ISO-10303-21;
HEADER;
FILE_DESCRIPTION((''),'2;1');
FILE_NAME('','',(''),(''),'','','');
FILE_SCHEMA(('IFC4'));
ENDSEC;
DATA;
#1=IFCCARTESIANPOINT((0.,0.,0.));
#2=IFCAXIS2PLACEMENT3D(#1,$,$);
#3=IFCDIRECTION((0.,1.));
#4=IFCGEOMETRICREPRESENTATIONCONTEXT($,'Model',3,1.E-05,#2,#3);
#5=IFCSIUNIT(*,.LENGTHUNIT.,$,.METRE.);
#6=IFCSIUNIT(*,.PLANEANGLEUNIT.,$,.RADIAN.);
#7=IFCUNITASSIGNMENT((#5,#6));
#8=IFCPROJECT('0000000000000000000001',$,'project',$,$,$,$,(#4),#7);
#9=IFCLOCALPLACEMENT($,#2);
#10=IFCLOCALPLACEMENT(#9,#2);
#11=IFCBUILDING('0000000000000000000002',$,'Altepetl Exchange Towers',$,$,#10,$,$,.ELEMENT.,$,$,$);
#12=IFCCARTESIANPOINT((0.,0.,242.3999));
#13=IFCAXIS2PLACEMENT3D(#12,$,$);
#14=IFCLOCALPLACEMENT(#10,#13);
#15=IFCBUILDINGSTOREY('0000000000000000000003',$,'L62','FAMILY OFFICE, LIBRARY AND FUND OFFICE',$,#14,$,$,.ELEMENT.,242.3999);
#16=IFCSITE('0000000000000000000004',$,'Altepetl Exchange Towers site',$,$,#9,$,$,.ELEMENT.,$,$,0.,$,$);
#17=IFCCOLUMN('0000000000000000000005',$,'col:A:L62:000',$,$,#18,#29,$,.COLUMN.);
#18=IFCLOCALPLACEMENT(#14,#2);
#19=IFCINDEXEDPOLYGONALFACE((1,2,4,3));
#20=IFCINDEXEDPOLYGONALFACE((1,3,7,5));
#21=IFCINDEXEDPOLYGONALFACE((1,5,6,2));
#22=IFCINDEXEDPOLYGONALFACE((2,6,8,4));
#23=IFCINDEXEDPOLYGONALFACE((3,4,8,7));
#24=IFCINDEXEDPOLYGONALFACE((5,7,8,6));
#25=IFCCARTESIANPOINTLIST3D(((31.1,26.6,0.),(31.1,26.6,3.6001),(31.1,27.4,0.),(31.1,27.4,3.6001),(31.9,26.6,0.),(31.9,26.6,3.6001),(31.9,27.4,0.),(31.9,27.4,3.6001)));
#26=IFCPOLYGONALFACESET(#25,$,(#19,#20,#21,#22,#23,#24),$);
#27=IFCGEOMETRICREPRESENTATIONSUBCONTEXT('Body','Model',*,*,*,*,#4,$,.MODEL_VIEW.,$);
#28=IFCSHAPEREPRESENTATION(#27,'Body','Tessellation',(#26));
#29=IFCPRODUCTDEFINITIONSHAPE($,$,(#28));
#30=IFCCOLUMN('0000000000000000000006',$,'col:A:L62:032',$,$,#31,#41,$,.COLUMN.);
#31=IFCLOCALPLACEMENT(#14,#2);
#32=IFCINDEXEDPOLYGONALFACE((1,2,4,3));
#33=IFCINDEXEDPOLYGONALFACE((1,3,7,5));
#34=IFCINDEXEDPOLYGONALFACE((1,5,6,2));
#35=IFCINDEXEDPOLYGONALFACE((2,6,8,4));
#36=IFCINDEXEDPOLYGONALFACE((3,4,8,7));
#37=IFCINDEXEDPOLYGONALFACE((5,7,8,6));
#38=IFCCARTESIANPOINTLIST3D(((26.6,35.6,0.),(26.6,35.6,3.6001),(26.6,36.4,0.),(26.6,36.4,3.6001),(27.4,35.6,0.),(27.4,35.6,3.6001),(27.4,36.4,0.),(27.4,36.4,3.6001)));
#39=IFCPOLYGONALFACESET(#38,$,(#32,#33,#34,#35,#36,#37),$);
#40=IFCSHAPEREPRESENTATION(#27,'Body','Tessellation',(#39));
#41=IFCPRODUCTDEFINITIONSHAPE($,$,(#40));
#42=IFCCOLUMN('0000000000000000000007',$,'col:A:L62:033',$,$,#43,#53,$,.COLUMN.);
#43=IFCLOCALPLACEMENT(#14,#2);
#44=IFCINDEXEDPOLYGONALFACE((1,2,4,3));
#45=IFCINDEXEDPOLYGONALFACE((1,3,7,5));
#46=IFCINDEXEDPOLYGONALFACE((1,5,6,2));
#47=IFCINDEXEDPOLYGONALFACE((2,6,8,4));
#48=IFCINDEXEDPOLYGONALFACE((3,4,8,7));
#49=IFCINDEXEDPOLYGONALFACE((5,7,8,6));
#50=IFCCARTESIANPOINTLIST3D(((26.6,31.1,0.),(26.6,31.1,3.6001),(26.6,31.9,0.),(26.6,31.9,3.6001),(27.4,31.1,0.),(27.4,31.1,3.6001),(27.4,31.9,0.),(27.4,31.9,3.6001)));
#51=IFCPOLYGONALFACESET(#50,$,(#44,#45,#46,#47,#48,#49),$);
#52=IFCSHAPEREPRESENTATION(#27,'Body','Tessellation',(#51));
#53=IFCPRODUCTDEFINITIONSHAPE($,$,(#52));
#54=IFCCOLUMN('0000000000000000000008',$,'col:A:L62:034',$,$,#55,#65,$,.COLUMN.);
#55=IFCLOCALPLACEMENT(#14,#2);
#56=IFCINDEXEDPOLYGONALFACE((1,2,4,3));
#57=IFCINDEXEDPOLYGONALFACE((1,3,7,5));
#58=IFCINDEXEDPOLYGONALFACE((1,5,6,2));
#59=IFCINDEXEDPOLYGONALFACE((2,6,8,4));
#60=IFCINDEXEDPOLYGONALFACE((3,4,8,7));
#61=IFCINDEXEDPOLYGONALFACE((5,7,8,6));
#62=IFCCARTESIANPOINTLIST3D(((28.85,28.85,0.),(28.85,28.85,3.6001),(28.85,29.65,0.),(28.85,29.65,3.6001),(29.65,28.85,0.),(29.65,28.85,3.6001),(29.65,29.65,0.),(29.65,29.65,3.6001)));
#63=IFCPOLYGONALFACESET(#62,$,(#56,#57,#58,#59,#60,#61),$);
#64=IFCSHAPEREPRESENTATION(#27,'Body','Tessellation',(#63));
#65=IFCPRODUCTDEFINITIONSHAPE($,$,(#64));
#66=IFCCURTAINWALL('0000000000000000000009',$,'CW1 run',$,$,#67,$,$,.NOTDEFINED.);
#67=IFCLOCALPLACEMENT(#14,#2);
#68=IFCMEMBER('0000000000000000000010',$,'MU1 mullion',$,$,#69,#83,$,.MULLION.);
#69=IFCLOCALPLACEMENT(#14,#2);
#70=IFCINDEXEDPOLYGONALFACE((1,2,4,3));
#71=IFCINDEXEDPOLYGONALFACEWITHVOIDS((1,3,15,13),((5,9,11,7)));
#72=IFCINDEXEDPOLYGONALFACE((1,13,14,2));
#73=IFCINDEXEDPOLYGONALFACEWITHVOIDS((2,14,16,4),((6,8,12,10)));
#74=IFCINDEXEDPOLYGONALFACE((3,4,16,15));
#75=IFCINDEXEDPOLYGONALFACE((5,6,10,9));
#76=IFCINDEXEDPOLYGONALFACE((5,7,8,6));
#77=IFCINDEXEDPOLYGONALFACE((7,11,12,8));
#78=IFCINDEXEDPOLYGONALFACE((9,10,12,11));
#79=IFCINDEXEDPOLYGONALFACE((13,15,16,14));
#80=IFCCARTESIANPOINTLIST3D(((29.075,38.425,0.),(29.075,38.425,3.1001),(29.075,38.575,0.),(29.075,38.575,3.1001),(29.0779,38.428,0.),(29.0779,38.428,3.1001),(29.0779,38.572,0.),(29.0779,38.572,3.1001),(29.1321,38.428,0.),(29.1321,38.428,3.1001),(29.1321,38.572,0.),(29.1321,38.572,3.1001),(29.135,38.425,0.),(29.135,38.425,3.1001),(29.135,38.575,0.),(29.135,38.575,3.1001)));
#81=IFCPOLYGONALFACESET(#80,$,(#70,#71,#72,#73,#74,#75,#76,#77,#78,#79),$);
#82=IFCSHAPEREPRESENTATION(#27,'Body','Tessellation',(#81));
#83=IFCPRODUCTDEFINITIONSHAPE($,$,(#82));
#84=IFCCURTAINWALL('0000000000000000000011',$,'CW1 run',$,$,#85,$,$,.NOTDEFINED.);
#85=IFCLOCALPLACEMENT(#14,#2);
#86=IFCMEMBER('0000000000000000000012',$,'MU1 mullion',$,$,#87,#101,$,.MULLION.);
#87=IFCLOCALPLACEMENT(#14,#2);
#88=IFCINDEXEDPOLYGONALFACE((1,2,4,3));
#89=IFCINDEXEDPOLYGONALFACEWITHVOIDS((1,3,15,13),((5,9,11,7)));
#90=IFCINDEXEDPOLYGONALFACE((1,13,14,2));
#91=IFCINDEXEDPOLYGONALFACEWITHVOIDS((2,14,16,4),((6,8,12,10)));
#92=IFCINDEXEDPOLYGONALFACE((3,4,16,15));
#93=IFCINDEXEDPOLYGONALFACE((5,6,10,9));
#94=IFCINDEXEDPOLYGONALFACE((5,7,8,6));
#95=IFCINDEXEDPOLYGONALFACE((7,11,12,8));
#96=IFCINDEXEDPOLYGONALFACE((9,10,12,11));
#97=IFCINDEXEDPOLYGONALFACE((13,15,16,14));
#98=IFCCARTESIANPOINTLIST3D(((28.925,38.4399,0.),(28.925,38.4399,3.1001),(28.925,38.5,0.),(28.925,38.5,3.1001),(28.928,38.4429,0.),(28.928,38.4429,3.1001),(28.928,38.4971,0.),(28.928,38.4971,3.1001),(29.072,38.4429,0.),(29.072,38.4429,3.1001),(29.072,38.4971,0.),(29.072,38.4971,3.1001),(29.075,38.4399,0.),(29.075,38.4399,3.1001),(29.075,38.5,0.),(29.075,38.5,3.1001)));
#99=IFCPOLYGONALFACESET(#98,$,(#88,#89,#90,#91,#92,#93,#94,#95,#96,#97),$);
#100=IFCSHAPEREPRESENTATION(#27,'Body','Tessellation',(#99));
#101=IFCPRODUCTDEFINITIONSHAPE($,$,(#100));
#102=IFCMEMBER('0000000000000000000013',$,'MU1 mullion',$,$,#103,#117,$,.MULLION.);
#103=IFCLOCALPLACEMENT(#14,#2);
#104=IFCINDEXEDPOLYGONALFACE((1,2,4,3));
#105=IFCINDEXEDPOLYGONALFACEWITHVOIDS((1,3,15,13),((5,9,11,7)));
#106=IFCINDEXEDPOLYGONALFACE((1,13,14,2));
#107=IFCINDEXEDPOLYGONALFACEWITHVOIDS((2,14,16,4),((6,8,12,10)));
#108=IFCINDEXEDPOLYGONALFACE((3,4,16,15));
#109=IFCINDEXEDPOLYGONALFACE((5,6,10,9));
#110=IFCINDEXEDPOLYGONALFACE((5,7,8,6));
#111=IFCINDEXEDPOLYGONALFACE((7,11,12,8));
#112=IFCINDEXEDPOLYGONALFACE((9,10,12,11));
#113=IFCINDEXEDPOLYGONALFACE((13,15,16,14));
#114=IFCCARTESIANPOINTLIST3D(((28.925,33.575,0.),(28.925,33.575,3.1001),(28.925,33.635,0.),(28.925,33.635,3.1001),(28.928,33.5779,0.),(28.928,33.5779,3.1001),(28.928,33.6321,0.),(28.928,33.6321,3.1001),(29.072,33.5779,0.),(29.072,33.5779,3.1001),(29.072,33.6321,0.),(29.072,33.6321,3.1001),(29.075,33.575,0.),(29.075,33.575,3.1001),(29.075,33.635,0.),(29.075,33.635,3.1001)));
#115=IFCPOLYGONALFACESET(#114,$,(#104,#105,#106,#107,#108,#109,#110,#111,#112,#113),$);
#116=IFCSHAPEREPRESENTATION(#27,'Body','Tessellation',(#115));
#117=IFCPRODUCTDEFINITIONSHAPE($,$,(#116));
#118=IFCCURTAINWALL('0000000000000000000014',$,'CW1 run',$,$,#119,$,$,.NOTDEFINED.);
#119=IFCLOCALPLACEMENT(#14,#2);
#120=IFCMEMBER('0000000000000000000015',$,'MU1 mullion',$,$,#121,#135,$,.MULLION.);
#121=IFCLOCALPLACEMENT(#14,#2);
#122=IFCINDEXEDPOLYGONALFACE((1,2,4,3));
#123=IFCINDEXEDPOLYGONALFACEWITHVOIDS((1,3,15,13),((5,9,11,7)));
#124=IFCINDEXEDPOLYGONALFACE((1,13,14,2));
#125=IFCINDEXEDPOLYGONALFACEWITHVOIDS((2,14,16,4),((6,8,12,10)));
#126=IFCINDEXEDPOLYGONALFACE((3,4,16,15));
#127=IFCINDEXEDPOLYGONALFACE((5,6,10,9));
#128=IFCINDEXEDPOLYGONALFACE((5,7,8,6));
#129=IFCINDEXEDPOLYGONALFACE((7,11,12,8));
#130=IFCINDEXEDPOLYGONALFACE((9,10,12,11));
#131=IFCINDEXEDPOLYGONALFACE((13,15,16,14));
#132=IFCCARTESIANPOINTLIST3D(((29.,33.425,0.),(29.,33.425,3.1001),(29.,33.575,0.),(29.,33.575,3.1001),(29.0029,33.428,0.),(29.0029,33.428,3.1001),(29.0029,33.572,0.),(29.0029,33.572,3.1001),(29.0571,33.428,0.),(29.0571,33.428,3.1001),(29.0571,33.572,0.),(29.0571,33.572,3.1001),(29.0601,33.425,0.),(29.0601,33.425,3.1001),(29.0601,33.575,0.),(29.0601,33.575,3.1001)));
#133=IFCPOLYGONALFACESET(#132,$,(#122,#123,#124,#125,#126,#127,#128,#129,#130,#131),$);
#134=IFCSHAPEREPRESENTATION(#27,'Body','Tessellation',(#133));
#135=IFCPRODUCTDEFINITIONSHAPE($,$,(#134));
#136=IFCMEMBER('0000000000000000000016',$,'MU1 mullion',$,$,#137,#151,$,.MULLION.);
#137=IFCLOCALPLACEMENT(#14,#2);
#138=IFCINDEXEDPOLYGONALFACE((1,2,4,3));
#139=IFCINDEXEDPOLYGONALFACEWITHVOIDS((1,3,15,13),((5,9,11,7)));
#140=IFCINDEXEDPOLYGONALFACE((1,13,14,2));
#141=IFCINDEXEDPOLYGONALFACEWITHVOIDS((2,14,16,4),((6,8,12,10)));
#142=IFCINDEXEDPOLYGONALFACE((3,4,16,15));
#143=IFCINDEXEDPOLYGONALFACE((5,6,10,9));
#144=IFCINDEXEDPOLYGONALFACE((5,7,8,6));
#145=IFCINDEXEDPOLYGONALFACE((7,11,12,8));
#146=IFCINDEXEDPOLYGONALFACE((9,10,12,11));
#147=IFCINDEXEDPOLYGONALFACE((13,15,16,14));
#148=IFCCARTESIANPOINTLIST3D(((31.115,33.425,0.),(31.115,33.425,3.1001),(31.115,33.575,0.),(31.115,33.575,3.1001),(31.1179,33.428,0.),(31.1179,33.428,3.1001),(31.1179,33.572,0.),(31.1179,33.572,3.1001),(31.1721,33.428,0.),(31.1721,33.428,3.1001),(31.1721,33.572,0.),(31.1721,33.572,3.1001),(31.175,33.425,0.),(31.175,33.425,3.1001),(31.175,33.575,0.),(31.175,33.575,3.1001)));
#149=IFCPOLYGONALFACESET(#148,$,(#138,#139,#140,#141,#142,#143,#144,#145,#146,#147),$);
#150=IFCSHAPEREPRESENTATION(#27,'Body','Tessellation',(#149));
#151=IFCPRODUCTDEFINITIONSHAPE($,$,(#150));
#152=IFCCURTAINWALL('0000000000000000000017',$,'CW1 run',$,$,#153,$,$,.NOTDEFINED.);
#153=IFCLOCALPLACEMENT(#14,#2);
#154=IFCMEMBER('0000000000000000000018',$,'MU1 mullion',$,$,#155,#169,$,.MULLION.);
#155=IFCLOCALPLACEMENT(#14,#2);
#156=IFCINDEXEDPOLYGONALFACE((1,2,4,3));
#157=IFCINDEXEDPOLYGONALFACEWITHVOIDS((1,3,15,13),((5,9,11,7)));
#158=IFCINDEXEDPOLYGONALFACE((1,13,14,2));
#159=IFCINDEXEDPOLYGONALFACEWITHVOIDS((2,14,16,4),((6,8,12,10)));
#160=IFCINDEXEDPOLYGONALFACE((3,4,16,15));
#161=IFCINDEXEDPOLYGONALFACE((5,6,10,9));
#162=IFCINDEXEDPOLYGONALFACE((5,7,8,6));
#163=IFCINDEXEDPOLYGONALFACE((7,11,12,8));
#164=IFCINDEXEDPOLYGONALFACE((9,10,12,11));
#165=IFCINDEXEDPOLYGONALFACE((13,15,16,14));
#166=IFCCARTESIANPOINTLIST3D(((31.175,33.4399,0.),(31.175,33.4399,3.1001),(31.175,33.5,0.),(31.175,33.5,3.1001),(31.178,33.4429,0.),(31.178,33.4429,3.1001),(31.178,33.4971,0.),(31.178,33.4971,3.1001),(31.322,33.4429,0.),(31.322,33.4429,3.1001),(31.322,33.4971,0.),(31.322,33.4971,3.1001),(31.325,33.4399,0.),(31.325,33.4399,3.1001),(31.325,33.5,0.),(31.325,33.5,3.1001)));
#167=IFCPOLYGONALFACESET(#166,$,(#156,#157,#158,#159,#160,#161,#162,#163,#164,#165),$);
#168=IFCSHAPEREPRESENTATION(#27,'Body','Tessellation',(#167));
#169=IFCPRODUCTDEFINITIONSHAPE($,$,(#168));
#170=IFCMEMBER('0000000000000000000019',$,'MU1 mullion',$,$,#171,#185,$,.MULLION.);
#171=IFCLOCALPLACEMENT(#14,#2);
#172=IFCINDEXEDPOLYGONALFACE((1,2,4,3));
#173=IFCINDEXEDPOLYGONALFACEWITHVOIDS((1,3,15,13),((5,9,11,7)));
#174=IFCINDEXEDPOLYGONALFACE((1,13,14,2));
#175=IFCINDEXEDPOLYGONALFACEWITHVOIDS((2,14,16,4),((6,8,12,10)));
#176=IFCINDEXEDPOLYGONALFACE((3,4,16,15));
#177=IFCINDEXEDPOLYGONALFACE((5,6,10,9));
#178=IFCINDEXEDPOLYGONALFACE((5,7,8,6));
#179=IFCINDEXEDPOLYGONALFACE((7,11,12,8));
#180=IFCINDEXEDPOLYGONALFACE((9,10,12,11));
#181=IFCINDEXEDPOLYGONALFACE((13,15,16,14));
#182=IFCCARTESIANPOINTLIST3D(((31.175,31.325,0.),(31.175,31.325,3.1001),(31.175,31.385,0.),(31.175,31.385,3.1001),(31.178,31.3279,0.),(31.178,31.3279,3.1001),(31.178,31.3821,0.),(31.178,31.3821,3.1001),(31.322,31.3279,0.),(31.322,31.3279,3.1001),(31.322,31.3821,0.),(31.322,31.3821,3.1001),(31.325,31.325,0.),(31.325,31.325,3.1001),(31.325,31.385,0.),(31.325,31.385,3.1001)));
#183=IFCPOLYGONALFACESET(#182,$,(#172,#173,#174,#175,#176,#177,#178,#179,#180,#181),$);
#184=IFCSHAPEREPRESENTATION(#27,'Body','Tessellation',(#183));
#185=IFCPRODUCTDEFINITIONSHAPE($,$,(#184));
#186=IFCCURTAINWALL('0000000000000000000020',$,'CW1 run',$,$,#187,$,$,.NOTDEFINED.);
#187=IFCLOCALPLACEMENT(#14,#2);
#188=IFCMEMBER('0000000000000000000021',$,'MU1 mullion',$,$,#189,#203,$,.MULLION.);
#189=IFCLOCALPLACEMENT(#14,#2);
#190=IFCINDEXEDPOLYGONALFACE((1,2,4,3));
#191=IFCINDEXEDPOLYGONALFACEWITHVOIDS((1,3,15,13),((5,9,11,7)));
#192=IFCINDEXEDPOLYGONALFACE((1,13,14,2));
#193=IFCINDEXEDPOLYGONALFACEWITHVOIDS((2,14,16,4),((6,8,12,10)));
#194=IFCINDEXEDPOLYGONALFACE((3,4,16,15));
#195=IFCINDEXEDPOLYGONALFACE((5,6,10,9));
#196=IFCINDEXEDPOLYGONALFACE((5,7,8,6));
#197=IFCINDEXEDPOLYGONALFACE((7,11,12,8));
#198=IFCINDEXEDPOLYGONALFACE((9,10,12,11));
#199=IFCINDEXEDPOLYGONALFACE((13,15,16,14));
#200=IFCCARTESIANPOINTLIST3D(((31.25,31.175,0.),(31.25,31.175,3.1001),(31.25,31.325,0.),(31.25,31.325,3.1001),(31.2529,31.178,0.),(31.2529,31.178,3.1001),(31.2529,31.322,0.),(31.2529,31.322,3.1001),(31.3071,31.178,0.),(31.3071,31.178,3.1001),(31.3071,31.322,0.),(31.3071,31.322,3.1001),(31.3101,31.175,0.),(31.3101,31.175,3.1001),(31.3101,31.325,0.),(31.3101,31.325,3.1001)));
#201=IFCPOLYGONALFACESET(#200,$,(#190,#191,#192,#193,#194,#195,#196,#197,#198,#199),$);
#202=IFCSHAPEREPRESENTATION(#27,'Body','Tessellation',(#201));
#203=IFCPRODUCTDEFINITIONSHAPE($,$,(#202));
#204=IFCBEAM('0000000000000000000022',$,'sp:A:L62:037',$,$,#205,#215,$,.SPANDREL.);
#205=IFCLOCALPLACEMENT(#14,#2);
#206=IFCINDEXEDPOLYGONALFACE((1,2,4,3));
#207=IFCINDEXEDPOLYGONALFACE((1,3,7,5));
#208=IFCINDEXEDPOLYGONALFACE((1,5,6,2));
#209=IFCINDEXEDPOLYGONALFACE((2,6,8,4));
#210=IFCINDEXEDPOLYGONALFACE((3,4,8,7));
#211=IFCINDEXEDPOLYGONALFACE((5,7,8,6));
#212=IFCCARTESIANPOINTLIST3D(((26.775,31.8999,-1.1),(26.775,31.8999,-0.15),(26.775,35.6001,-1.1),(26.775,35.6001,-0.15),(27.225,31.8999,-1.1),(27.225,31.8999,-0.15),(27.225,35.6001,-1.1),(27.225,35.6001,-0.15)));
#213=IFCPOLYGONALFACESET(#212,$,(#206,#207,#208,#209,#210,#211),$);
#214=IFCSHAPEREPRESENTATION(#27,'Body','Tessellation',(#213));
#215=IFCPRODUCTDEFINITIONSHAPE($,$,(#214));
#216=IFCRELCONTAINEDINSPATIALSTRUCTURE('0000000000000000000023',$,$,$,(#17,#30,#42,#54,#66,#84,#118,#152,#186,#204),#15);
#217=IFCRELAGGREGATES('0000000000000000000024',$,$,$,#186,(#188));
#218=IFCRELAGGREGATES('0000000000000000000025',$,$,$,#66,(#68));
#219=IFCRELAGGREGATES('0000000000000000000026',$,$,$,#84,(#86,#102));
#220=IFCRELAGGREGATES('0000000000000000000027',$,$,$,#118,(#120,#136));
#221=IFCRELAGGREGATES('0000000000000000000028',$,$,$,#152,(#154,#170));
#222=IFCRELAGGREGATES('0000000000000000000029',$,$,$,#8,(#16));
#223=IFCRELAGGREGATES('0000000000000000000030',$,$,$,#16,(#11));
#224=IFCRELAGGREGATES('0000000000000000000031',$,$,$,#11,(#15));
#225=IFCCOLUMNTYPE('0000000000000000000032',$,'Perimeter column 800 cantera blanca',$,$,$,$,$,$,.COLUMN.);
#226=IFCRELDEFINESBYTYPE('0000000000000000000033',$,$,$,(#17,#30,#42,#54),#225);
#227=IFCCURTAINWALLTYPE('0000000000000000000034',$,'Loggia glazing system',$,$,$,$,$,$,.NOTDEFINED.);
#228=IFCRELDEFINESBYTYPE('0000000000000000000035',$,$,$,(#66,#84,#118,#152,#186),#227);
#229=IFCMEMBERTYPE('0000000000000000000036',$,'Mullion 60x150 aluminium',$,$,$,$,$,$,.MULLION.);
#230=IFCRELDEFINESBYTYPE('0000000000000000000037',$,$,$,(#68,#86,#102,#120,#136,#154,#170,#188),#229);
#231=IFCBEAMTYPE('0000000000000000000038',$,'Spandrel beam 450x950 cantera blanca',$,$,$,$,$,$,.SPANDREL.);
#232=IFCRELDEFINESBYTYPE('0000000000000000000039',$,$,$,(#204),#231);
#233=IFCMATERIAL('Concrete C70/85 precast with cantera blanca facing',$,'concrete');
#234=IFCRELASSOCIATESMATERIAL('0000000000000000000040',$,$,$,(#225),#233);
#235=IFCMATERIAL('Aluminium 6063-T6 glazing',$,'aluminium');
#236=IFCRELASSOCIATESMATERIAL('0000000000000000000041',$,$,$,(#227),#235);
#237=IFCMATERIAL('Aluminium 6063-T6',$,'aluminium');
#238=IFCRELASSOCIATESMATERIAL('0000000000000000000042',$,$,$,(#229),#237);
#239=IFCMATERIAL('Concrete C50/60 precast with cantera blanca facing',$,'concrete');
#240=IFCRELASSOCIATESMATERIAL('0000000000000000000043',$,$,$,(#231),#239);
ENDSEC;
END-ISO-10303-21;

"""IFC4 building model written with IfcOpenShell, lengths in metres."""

from ifc_helpers import new_model, si_unit, direction, frame, origin, origin_2d, place, context, subcontext, project, spatial, rectangle, hollow_rectangle, extrude, material, material_profile, profile_set, type_object, element, aggregate, save


model = new_model("IFC4")

# Units and contexts
model_context = context("Model", 3, precision=1e-05, world=origin(), true_north=direction((0.0, 1.0)))
body_context = subcontext(model_context, "Body", "Model", "MODEL_VIEW")
ifc_project = project(units=[si_unit("LENGTHUNIT", "METRE"), si_unit("PLANEANGLEUNIT", "RADIAN")], contexts=[model_context])

# Site, building, storey
site_placement = place(None, origin())
site = spatial("IfcSite", under=ifc_project, at=site_placement, Name="Altepetl Exchange Towers site", CompositionType="ELEMENT", RefElevation=0.0)
building_placement = place(site_placement, origin())
building = spatial("IfcBuilding", under=site, at=building_placement, Name="Altepetl Exchange Towers", CompositionType="ELEMENT")
storey_placement = place(building_placement, frame((0.0, 0.0, 242.3999)))
storey = spatial("IfcBuildingStorey", under=building, at=storey_placement, Name="L62", Description="FAMILY OFFICE, LIBRARY AND FUND OFFICE", CompositionType="ELEMENT", Elevation=242.3999)

# Columns
ifc_material_1 = material(Name="Concrete C70/85 precast with cantera blanca facing", Category="concrete")
ifc_material_profile_1 = material_profile(ifc_material_1, rectangle(XDim=0.8, YDim=0.8, at=origin_2d()), Name="800 x 800")
ifc_profile_set_1 = profile_set([ifc_material_profile_1], Name="Concrete C70/85 precast with cantera blanca facing")
column_type = type_object("IfcColumnType", Name="Perimeter column 800 cantera blanca", PredefinedType="COLUMN", material=ifc_profile_set_1)
for number, where, name in (
    (1, (31.5, 27.0, 0.0), "col:A:L62:000"),
    (2, (27.0, 36.0, 0.0), "col:A:L62:032"),
    (3, (27.0, 31.5, 0.0), "col:A:L62:033"),
    (4, (29.25, 29.25, 0.0), "col:A:L62:034"),
):
    element("IfcColumn", number, at=place(storey_placement, frame(where)), inside=storey, type_object=column_type, Name=name, PredefinedType="COLUMN", context=body_context, shape_type="SweptSolid", body=[
        extrude(rectangle(XDim=0.8, YDim=0.8, at=origin_2d()), origin(), (0.0, 0.0, 1.0), 3.6001),
    ])

# Curtain wall, member
ifc_material_2 = material(Name="Aluminium 6063-T6 glazing", Category="aluminium")
curtain_wall_type = type_object("IfcCurtainWallType", Name="Loggia glazing system", PredefinedType="NOTDEFINED", material=ifc_material_2)
curtain_wall_1_placement = place(storey_placement, origin())
curtain_wall_1 = element("IfcCurtainWall", 5, at=curtain_wall_1_placement, inside=storey, type_object=curtain_wall_type, Name="CW1 run", PredefinedType="NOTDEFINED")
ifc_material_3 = material(Name="Aluminium 6063-T6", Category="aluminium")
ifc_material_profile_2 = material_profile(ifc_material_3, hollow_rectangle(XDim=0.0601, YDim=0.1499, WallThickness=0.0029, at=origin_2d()), Name="Mullion 60x150 aluminium")
ifc_profile_set_2 = profile_set([ifc_material_profile_2], Name="Aluminium 6063-T6")
member_type = type_object("IfcMemberType", Name="Mullion 60x150 aluminium", PredefinedType="MULLION", material=ifc_profile_set_2)
member_1_placement = place(storey_placement, frame((29.105, 38.5, 0.0), z_axis=(0.0, 0.0, 1.0), x_axis=(-1.0, 0.0, 0.0)))
member_1 = element("IfcMember", 6, at=member_1_placement, type_object=member_type, Name="MU1 mullion", PredefinedType="MULLION", context=body_context, shape_type="SweptSolid", body=[
    extrude(hollow_rectangle(XDim=0.0601, YDim=0.1499, WallThickness=0.0029, at=origin_2d()), origin(), (0.0, 0.0, 1.0), 3.1001),
])

# Curtain walls, members
curtain_wall_2_placement = place(storey_placement, origin())
curtain_wall_2 = element("IfcCurtainWall", 7, at=curtain_wall_2_placement, inside=storey, type_object=curtain_wall_type, Name="CW1 run", PredefinedType="NOTDEFINED")
member_2_placement = place(storey_placement, frame((29.0, 38.47, 0.0), z_axis=(0.0, 0.0, 1.0), x_axis=(0.0, -1.0, 0.0)))
member_2 = element("IfcMember", 8, at=member_2_placement, type_object=member_type, Name="MU1 mullion", PredefinedType="MULLION", context=body_context, shape_type="SweptSolid", body=[
    extrude(hollow_rectangle(XDim=0.0601, YDim=0.1499, WallThickness=0.0029, at=origin_2d()), origin(), (0.0, 0.0, 1.0), 3.1001),
])
member_3_placement = place(storey_placement, frame((29.0, 33.605, 0.0), z_axis=(0.0, 0.0, 1.0), x_axis=(0.0, -1.0, 0.0)))
member_3 = element("IfcMember", 9, at=member_3_placement, type_object=member_type, Name="MU1 mullion", PredefinedType="MULLION", context=body_context, shape_type="SweptSolid", body=[
    extrude(hollow_rectangle(XDim=0.0601, YDim=0.1499, WallThickness=0.0029, at=origin_2d()), origin(), (0.0, 0.0, 1.0), 3.1001),
])
curtain_wall_3_placement = place(storey_placement, origin())
curtain_wall_3 = element("IfcCurtainWall", 10, at=curtain_wall_3_placement, inside=storey, type_object=curtain_wall_type, Name="CW1 run", PredefinedType="NOTDEFINED")
member_4_placement = place(storey_placement, frame((29.03, 33.5, 0.0)))
member_4 = element("IfcMember", 11, at=member_4_placement, type_object=member_type, Name="MU1 mullion", PredefinedType="MULLION", context=body_context, shape_type="SweptSolid", body=[
    extrude(hollow_rectangle(XDim=0.0601, YDim=0.1499, WallThickness=0.0029, at=origin_2d()), origin(), (0.0, 0.0, 1.0), 3.1001),
])
member_5_placement = place(storey_placement, frame((31.145, 33.5, 0.0)))
member_5 = element("IfcMember", 12, at=member_5_placement, type_object=member_type, Name="MU1 mullion", PredefinedType="MULLION", context=body_context, shape_type="SweptSolid", body=[
    extrude(hollow_rectangle(XDim=0.0601, YDim=0.1499, WallThickness=0.0029, at=origin_2d()), origin(), (0.0, 0.0, 1.0), 3.1001),
])
curtain_wall_4_placement = place(storey_placement, origin())
curtain_wall_4 = element("IfcCurtainWall", 13, at=curtain_wall_4_placement, inside=storey, type_object=curtain_wall_type, Name="CW1 run", PredefinedType="NOTDEFINED")
member_6_placement = place(storey_placement, frame((31.25, 33.47, 0.0), z_axis=(0.0, 0.0, 1.0), x_axis=(0.0, -1.0, 0.0)))
member_6 = element("IfcMember", 14, at=member_6_placement, type_object=member_type, Name="MU1 mullion", PredefinedType="MULLION", context=body_context, shape_type="SweptSolid", body=[
    extrude(hollow_rectangle(XDim=0.0601, YDim=0.1499, WallThickness=0.0029, at=origin_2d()), origin(), (0.0, 0.0, 1.0), 3.1001),
])
member_7_placement = place(storey_placement, frame((31.25, 31.355, 0.0), z_axis=(0.0, 0.0, 1.0), x_axis=(0.0, -1.0, 0.0)))
member_7 = element("IfcMember", 15, at=member_7_placement, type_object=member_type, Name="MU1 mullion", PredefinedType="MULLION", context=body_context, shape_type="SweptSolid", body=[
    extrude(hollow_rectangle(XDim=0.0601, YDim=0.1499, WallThickness=0.0029, at=origin_2d()), origin(), (0.0, 0.0, 1.0), 3.1001),
])

# Curtain wall, member
curtain_wall_5_placement = place(storey_placement, origin())
curtain_wall_5 = element("IfcCurtainWall", 16, at=curtain_wall_5_placement, inside=storey, type_object=curtain_wall_type, Name="CW1 run", PredefinedType="NOTDEFINED")
member_8_placement = place(storey_placement, frame((31.28, 31.25, 0.0)))
member_8 = element("IfcMember", 17, at=member_8_placement, type_object=member_type, Name="MU1 mullion", PredefinedType="MULLION", context=body_context, shape_type="SweptSolid", body=[
    extrude(hollow_rectangle(XDim=0.0601, YDim=0.1499, WallThickness=0.0029, at=origin_2d()), origin(), (0.0, 0.0, 1.0), 3.1001),
])
aggregate(curtain_wall_5, [member_8])

# Beam
ifc_material_4 = material(Name="Concrete C50/60 precast with cantera blanca facing", Category="concrete")
ifc_material_profile_3 = material_profile(ifc_material_4, rectangle(XDim=0.45, YDim=0.95, at=origin_2d()), Name="450 x 950")
ifc_profile_set_3 = profile_set([ifc_material_profile_3], Name="Concrete C50/60 precast with cantera blanca facing")
beam_type = type_object("IfcBeamType", Name="Spandrel beam 450x950 cantera blanca", PredefinedType="SPANDREL", material=ifc_profile_set_3)
beam_1_placement = place(storey_placement, frame((27.0, 35.6001, -0.625), z_axis=(0.0, -1.0, 0.0), x_axis=(1.0, 0.0, 0.0)))
element("IfcBeam", 18, at=beam_1_placement, inside=storey, type_object=beam_type, Name="sp:A:L62:037", PredefinedType="SPANDREL", context=body_context, shape_type="SweptSolid", body=[
    extrude(rectangle(XDim=0.45, YDim=0.95, at=origin_2d()), origin(), (0.0, 0.0, 1.0), 3.7002),
])

aggregate(curtain_wall_1, [member_1])
aggregate(curtain_wall_2, [member_2, member_3])
aggregate(curtain_wall_3, [member_4, member_5])
aggregate(curtain_wall_4, [member_6, member_7])

save(model, "model.ifc")
